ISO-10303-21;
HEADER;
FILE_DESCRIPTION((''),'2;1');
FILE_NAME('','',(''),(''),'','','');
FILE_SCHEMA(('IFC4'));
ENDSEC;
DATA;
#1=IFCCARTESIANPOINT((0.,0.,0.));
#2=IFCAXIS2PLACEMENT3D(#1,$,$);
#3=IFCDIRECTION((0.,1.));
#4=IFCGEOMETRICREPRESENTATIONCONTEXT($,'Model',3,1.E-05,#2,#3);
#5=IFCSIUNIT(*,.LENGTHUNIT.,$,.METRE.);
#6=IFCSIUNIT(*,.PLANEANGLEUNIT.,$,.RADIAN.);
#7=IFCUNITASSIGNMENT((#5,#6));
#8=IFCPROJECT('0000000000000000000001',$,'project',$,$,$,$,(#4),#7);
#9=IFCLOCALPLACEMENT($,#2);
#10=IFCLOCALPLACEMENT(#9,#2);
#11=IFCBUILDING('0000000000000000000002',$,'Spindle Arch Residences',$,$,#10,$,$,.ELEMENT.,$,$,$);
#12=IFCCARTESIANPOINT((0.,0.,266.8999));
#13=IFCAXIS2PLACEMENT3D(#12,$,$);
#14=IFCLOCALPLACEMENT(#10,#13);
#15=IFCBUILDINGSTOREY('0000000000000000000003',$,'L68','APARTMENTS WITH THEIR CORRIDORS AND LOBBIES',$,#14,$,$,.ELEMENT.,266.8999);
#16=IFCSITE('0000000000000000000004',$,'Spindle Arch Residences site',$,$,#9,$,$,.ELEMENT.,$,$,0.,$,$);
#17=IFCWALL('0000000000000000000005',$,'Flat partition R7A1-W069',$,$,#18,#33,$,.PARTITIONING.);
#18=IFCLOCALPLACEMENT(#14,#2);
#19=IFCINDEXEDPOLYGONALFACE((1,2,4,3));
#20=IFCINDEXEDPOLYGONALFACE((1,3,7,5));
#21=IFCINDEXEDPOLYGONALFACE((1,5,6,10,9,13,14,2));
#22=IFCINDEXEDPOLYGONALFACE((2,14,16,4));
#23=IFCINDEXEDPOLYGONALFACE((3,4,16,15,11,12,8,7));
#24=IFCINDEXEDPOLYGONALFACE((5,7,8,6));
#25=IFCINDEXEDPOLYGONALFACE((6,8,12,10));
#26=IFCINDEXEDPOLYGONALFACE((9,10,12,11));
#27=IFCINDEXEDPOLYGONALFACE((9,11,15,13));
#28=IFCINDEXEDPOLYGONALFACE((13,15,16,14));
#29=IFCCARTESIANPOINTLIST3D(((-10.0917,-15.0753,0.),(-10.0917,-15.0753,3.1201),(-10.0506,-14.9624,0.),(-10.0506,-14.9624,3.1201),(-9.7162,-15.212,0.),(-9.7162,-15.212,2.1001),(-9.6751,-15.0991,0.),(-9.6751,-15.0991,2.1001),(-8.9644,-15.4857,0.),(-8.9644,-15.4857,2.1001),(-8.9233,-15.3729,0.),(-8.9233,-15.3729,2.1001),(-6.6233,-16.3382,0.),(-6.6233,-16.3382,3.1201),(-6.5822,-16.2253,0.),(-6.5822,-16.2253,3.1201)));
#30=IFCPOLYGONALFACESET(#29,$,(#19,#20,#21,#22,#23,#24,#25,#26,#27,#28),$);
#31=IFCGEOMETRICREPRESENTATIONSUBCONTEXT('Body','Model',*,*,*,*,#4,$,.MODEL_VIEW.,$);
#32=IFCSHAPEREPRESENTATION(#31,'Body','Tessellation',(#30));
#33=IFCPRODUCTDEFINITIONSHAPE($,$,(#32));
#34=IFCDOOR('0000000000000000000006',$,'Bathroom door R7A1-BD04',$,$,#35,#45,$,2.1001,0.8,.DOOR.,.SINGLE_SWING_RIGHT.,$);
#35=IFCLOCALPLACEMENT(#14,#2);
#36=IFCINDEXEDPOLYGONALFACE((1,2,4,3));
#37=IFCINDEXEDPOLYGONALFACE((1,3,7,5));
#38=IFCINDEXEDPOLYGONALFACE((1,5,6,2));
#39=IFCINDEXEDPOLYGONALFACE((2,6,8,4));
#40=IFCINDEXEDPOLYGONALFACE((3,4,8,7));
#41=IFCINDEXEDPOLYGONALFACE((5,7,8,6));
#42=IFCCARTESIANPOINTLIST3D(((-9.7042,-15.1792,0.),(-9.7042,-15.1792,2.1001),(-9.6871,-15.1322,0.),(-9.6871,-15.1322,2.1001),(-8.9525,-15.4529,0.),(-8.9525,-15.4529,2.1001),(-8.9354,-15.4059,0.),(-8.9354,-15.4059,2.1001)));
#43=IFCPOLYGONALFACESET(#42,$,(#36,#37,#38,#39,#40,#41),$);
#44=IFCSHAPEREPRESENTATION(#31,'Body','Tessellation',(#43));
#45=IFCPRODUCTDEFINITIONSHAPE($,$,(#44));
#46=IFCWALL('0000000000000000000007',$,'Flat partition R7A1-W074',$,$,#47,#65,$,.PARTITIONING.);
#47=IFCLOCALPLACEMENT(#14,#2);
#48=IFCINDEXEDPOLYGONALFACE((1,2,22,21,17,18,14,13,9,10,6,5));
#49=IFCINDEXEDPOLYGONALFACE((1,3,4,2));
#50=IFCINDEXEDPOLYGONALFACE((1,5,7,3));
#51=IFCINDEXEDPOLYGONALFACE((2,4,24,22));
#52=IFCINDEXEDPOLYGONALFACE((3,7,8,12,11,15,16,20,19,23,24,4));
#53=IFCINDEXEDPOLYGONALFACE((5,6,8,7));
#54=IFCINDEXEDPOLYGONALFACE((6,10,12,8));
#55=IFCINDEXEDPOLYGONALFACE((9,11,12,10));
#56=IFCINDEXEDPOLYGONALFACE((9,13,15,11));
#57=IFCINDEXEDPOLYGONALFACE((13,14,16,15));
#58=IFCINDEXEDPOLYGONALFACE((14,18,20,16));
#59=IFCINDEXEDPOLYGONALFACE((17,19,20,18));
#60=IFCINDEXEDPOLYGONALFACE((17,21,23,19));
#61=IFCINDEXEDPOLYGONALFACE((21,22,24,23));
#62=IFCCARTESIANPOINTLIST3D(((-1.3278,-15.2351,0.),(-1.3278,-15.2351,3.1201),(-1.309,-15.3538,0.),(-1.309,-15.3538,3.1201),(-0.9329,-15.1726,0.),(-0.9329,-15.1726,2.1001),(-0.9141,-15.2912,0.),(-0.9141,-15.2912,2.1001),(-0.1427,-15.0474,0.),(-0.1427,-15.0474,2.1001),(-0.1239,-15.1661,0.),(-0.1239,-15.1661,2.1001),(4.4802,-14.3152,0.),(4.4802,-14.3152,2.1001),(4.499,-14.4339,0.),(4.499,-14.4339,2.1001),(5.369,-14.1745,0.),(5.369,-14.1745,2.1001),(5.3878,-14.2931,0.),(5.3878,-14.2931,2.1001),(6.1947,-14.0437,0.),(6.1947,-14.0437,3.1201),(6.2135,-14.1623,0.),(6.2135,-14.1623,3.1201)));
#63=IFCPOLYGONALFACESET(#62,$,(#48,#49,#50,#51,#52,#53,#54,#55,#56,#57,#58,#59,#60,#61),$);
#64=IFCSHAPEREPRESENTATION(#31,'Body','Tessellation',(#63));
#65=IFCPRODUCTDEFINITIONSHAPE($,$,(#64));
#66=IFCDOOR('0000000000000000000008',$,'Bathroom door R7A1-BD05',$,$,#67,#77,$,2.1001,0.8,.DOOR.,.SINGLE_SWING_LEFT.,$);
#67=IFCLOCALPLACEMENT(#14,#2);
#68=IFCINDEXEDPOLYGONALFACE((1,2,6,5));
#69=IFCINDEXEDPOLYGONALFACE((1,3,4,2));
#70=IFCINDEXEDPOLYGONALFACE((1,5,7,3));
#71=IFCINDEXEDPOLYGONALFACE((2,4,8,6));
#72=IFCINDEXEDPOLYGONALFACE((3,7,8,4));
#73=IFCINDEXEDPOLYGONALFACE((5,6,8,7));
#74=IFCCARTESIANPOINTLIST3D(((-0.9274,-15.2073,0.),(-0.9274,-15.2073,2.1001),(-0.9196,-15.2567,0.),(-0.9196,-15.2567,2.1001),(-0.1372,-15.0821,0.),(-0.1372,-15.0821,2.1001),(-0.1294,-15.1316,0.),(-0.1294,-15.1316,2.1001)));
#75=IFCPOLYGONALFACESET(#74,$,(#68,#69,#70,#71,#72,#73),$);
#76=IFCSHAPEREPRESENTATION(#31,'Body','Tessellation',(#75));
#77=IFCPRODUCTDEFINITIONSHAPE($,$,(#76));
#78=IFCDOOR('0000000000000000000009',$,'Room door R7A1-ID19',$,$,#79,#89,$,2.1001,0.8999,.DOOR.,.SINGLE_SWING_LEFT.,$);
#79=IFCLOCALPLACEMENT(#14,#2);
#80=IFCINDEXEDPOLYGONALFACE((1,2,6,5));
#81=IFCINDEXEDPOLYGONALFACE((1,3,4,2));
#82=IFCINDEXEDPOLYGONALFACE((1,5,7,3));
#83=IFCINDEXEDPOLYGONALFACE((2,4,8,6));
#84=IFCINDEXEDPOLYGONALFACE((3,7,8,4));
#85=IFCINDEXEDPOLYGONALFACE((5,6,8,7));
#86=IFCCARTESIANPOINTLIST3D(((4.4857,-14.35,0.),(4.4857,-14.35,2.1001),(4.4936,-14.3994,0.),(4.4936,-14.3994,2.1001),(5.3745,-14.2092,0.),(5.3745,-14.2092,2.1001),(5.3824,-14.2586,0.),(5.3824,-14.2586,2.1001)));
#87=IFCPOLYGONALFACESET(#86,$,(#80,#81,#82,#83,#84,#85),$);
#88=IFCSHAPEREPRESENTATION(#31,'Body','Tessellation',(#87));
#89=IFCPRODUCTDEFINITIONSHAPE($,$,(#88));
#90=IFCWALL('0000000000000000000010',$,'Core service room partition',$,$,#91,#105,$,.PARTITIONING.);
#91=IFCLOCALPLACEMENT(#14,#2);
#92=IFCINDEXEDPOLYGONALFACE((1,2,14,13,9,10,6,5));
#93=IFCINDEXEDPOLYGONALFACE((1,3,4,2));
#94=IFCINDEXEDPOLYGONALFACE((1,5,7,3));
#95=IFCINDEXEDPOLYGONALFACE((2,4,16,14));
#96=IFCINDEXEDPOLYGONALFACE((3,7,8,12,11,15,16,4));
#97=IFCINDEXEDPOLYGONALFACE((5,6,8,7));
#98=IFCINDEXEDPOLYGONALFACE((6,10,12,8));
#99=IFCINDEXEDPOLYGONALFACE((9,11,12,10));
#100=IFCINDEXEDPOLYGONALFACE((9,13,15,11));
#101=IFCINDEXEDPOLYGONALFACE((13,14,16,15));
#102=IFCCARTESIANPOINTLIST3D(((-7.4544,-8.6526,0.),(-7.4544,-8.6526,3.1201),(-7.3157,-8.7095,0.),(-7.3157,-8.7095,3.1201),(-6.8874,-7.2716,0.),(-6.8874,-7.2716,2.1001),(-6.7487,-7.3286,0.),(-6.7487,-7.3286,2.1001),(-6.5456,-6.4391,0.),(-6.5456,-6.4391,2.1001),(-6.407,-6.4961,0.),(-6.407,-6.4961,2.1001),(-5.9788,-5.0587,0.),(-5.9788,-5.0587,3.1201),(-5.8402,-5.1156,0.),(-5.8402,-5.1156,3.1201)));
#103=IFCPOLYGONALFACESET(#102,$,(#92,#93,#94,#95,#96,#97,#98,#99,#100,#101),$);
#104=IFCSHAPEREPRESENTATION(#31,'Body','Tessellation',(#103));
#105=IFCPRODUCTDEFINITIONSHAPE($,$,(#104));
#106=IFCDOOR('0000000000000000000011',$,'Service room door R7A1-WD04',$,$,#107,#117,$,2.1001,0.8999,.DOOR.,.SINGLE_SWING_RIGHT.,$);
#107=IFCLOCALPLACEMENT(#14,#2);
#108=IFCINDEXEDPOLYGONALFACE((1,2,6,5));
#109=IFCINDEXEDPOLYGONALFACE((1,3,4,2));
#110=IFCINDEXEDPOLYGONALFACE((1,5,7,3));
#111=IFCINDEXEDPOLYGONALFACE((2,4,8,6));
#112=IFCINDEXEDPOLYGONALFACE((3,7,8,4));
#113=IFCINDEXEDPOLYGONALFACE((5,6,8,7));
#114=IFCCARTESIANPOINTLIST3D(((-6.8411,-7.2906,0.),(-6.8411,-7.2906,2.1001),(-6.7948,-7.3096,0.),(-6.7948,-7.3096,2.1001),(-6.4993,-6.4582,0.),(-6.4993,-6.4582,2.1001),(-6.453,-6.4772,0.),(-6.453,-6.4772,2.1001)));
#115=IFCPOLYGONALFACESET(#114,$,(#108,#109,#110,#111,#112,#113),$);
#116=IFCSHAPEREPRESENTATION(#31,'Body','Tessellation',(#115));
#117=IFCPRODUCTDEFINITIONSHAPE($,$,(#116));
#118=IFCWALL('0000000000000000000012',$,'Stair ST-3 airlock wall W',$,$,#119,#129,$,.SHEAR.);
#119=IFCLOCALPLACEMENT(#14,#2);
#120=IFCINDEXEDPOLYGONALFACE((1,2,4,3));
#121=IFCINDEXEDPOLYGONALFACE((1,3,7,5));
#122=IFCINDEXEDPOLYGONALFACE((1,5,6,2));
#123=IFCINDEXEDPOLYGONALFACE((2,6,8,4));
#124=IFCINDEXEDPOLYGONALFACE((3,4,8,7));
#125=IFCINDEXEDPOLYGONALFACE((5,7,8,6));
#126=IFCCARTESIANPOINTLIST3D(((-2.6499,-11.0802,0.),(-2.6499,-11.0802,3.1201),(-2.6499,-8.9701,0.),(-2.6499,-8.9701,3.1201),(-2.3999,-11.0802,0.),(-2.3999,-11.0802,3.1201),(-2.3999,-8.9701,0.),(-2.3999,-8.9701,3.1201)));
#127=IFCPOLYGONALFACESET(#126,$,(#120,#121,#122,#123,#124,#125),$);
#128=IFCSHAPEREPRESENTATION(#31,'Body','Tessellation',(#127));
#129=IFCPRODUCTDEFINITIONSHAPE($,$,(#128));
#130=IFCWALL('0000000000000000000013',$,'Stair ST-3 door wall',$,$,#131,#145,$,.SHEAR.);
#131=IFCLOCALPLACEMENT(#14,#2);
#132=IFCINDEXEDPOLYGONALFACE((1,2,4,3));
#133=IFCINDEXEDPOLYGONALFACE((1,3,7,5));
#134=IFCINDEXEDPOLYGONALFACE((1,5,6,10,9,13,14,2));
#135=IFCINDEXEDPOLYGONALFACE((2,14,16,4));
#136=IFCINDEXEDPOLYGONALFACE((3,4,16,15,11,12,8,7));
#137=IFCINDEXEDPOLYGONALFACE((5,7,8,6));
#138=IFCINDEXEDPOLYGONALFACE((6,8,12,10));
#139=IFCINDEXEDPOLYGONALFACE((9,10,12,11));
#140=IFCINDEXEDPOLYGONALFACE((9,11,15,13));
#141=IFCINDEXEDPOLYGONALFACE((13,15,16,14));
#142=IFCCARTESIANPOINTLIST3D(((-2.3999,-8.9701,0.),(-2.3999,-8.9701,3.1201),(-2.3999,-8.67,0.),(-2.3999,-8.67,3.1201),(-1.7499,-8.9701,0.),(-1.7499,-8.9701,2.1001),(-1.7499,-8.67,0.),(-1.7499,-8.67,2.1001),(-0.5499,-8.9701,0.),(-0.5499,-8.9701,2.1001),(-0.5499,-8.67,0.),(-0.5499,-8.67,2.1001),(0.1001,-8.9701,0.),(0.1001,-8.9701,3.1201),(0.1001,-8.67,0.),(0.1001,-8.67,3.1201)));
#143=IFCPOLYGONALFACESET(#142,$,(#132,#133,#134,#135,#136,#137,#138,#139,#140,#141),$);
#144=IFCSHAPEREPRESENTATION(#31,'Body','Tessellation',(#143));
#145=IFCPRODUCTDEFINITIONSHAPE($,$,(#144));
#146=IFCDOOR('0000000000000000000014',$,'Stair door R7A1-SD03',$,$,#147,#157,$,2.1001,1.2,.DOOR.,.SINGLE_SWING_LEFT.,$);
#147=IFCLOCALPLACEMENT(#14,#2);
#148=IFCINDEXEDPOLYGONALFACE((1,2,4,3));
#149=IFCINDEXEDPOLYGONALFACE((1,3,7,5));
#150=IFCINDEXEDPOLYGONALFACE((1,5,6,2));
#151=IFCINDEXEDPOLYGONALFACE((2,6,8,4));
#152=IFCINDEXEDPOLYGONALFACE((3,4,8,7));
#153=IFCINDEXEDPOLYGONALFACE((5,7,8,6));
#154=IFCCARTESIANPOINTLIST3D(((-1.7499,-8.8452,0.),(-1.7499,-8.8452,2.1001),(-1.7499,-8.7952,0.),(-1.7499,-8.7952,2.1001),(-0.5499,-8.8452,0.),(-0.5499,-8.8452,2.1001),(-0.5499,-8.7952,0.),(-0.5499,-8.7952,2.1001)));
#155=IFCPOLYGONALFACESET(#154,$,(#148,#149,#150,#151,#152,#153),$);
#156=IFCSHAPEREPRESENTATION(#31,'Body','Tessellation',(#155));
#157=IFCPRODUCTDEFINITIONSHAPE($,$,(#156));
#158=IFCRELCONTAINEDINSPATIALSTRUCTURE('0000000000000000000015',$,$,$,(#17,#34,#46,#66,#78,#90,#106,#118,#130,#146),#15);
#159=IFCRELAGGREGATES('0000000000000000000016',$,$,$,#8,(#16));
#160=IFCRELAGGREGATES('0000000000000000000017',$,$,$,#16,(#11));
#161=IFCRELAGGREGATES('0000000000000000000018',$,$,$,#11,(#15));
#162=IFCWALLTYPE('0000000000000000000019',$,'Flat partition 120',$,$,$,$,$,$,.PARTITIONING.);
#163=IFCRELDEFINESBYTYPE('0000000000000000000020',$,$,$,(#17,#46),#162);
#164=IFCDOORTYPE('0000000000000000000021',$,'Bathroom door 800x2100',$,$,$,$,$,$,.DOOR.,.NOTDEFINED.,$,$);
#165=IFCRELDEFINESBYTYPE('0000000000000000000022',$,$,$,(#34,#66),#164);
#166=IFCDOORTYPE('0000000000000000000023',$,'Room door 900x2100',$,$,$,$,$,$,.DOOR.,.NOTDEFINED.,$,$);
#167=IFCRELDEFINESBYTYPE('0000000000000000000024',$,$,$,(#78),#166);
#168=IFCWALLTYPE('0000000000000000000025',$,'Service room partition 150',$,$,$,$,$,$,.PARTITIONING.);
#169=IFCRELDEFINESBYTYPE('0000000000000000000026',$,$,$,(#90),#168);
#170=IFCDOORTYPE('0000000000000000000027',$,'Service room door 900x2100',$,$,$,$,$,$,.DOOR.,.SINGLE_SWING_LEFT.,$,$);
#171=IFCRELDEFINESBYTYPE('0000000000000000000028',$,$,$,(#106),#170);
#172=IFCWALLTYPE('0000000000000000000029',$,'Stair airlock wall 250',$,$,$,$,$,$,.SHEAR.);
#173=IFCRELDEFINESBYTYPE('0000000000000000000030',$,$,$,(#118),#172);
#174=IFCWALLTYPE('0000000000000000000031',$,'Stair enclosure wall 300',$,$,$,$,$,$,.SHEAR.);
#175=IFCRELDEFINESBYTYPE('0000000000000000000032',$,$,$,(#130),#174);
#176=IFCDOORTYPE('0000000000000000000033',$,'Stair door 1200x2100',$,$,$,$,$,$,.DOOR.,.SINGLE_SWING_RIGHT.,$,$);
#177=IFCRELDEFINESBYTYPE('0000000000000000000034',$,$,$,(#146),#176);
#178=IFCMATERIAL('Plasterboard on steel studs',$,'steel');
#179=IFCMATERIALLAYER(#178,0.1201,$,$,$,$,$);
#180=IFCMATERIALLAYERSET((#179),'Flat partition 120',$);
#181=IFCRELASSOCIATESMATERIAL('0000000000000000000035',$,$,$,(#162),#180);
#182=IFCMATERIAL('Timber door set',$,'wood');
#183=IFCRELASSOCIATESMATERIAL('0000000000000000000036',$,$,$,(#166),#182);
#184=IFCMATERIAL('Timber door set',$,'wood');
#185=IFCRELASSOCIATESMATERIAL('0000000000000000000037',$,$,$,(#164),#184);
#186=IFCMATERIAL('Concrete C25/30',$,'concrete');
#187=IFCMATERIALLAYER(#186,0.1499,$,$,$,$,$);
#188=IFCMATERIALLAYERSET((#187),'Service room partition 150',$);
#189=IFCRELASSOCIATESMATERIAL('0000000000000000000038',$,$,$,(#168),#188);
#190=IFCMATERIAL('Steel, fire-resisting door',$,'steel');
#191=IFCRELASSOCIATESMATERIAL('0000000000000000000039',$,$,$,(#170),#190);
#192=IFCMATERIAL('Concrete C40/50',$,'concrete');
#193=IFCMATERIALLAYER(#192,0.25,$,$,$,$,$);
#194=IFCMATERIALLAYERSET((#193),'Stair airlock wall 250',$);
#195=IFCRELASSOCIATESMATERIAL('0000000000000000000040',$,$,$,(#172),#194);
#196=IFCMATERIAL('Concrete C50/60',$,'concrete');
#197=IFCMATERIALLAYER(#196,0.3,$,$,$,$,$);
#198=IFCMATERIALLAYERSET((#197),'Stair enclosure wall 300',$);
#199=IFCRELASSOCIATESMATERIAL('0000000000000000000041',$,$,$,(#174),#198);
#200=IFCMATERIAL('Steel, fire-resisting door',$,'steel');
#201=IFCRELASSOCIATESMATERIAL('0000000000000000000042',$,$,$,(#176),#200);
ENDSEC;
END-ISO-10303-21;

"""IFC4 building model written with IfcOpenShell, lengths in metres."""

from ifc_helpers import new_model, si_unit, direction, frame, frame_2d, origin, place, context, subcontext, project, spatial, rectangle, extrude, material, layer, layer_set, type_object, element, fill, save


model = new_model("IFC4")

# Units and contexts
model_context = context("Model", 3, precision=1e-05, world=origin(), true_north=direction((0.0, 1.0)))
body_context = subcontext(model_context, "Body", "Model", "MODEL_VIEW")
ifc_project = project(units=[si_unit("LENGTHUNIT", "METRE"), si_unit("PLANEANGLEUNIT", "RADIAN")], contexts=[model_context])

# Site, building, storey
site_placement = place(None, origin())
site = spatial("IfcSite", under=ifc_project, at=site_placement, Name="Spindle Arch Residences site", CompositionType="ELEMENT", RefElevation=0.0)
building_placement = place(site_placement, origin())
building = spatial("IfcBuilding", under=site, at=building_placement, Name="Spindle Arch Residences", CompositionType="ELEMENT")
storey_placement = place(building_placement, frame((0.0, 0.0, 266.8999)))
storey = spatial("IfcBuildingStorey", under=building, at=storey_placement, Name="L68", Description="APARTMENTS WITH THEIR CORRIDORS AND LOBBIES", CompositionType="ELEMENT", Elevation=266.8999)

# Wall, opening, door
ifc_material_1 = material(Name="Plasterboard on steel studs", Category="steel")
ifc_layer_1 = layer(ifc_material_1, 0.1201)
ifc_layer_set_1 = layer_set([ifc_layer_1], Name="Flat partition 120")
wall_type_1 = type_object("IfcWallType", Name="Flat partition 120", PredefinedType="PARTITIONING", material=ifc_layer_set_1)
ifc_material_2 = material(Name="Timber door set", Category="wood")
door_type_1 = type_object("IfcDoorType", Name="Room door 900x2100", OperationType="NOTDEFINED", PredefinedType="DOOR", material=ifc_material_2)
wall_1_placement = place(storey_placement, frame((-10.0713, -15.0188, 0.0), z_axis=(0.0, 0.0, 1.0), x_axis=(0.939649, -0.342141, 0.0)))
wall_1 = element("IfcWall", 1, at=wall_1_placement, inside=storey, type_object=wall_type_1, Name="Flat partition R7A1-W069", PredefinedType="PARTITIONING", context=body_context, shape_type="SweptSolid", body=[
    extrude(rectangle(XDim=3.6912, YDim=0.1201, at=frame_2d((1.8457, 0.0))), origin(), (0.0, 0.0, 1.0), 3.1201),
])
opening_1_placement = place(wall_1_placement, frame((0.3999, 0.0, 0.0)))
opening_1 = element("IfcOpeningElement", 2, at=opening_1_placement, cuts=wall_1, PredefinedType="OPENING", context=body_context, shape_type="SweptSolid", body=[
    extrude(rectangle(XDim=0.8, YDim=2.1001, at=frame_2d((0.3999, 1.05))), frame((0.0, 0.0701, 0.0), z_axis=(0.0, -1.0, 0.0), x_axis=(1.0, 0.0, 0.0)), (0.0, 0.0, 1.0), 0.1401),
])
ifc_material_3 = material(Name="Timber door set", Category="wood")
door_type_2 = type_object("IfcDoorType", Name="Bathroom door 800x2100", OperationType="NOTDEFINED", PredefinedType="DOOR", material=ifc_material_3)
door_1_placement = place(opening_1_placement, origin())
door_1 = element("IfcDoor", 3, at=door_1_placement, inside=storey, type_object=door_type_2, Name="Bathroom door R7A1-BD04", OperationType="SINGLE_SWING_RIGHT", OverallHeight=2.1001, OverallWidth=0.8, PredefinedType="DOOR", context=body_context, shape_type="SweptSolid", body=[
    extrude(rectangle(XDim=0.8, YDim=2.1001, at=frame_2d((0.3999, 1.05))), frame((0.0, 0.0249, 0.0), z_axis=(0.0, -1.0, 0.0), x_axis=(1.0, 0.0, 0.0)), (0.0, 0.0, 1.0), 0.05),
])
fill(opening_1, door_1)

# Wall, openings, doors
wall_2_placement = place(storey_placement, frame((-1.3184, -15.2944, 0.0), z_axis=(0.0, 0.0, 1.0), x_axis=(0.987689, 0.15643, 0.0)))
wall_2 = element("IfcWall", 4, at=wall_2_placement, inside=storey, type_object=wall_type_1, Name="Flat partition R7A1-W074", PredefinedType="PARTITIONING", context=body_context, shape_type="SweptSolid", body=[
    extrude(rectangle(XDim=7.6162, YDim=0.1201, at=frame_2d((3.8081, 0.0))), origin(), (0.0, 0.0, 1.0), 3.1201),
])
opening_2_placement = place(wall_2_placement, frame((0.3999, 0.0, 0.0)))
opening_2 = element("IfcOpeningElement", 5, at=opening_2_placement, cuts=wall_2, PredefinedType="OPENING", context=body_context, shape_type="SweptSolid", body=[
    extrude(rectangle(XDim=0.8, YDim=2.1001, at=frame_2d((0.3999, 1.05))), frame((0.0, 0.0701, 0.0), z_axis=(0.0, -1.0, 0.0), x_axis=(1.0, 0.0, 0.0)), (0.0, 0.0, 1.0), 0.1401),
])
opening_3_placement = place(wall_2_placement, frame((5.8804, 0.0, 0.0)))
opening_3 = element("IfcOpeningElement", 6, at=opening_3_placement, cuts=wall_2, PredefinedType="OPENING", context=body_context, shape_type="SweptSolid", body=[
    extrude(rectangle(XDim=0.8999, YDim=2.1001, at=frame_2d((0.45, 1.05))), frame((0.0, 0.0701, 0.0), z_axis=(0.0, -1.0, 0.0), x_axis=(1.0, 0.0, 0.0)), (0.0, 0.0, 1.0), 0.1401),
])
door_2_placement = place(opening_2_placement, origin())
door_2 = element("IfcDoor", 7, at=door_2_placement, inside=storey, type_object=door_type_2, Name="Bathroom door R7A1-BD05", OperationType="SINGLE_SWING_LEFT", OverallHeight=2.1001, OverallWidth=0.8, PredefinedType="DOOR", context=body_context, shape_type="SweptSolid", body=[
    extrude(rectangle(XDim=0.8, YDim=2.1001, at=frame_2d((0.3999, 1.05))), frame((0.0, 0.0249, 0.0), z_axis=(0.0, -1.0, 0.0), x_axis=(1.0, 0.0, 0.0)), (0.0, 0.0, 1.0), 0.05),
])
fill(opening_2, door_2)
door_3_placement = place(opening_3_placement, origin())
door_3 = element("IfcDoor", 8, at=door_3_placement, inside=storey, type_object=door_type_1, Name="Room door R7A1-ID19", OperationType="SINGLE_SWING_LEFT", OverallHeight=2.1001, OverallWidth=0.8999, PredefinedType="DOOR", context=body_context, shape_type="SweptSolid", body=[
    extrude(rectangle(XDim=0.8999, YDim=2.1001, at=frame_2d((0.45, 1.05))), frame((0.0, 0.0249, 0.0), z_axis=(0.0, -1.0, 0.0), x_axis=(1.0, 0.0, 0.0)), (0.0, 0.0, 1.0), 0.05),
])
fill(opening_3, door_3)

# Wall, opening, door
ifc_material_4 = material(Name="Concrete C25/30", Category="concrete")
ifc_layer_2 = layer(ifc_material_4, 0.1499)
ifc_layer_set_2 = layer_set([ifc_layer_2], Name="Service room partition 150")
wall_type_2 = type_object("IfcWallType", Name="Service room partition 150", PredefinedType="PARTITIONING", material=ifc_layer_set_2)
wall_3_placement = place(storey_placement, frame((-7.385, -8.6809, 0.0), z_axis=(0.0, 0.0, 1.0), x_axis=(0.379805, 0.925067, 0.0)))
wall_3 = element("IfcWall", 9, at=wall_3_placement, inside=storey, type_object=wall_type_2, Name="Core service room partition", PredefinedType="PARTITIONING", context=body_context, shape_type="SweptSolid", body=[
    extrude(rectangle(XDim=3.885, YDim=0.1499, at=frame_2d((1.9424, 0.0))), origin(), (0.0, 0.0, 1.0), 3.1201),
])
opening_4_placement = place(wall_3_placement, frame((1.4927, 0.0, 0.0)))
opening_4 = element("IfcOpeningElement", 10, at=opening_4_placement, cuts=wall_3, PredefinedType="OPENING", context=body_context, shape_type="SweptSolid", body=[
    extrude(rectangle(XDim=0.8999, YDim=2.1001, at=frame_2d((0.45, 1.05))), frame((0.0, 0.085, 0.0), z_axis=(0.0, -1.0, 0.0), x_axis=(1.0, 0.0, 0.0)), (0.0, 0.0, 1.0), 0.1699),
])
ifc_material_5 = material(Name="Steel, fire-resisting door", Category="steel")
door_type_3 = type_object("IfcDoorType", Name="Service room door 900x2100", OperationType="SINGLE_SWING_LEFT", PredefinedType="DOOR", material=ifc_material_5)
door_4_placement = place(opening_4_placement, origin())
door_4 = element("IfcDoor", 11, at=door_4_placement, inside=storey, type_object=door_type_3, Name="Service room door R7A1-WD04", OperationType="SINGLE_SWING_RIGHT", OverallHeight=2.1001, OverallWidth=0.8999, PredefinedType="DOOR", context=body_context, shape_type="SweptSolid", body=[
    extrude(rectangle(XDim=0.8999, YDim=2.1001, at=frame_2d((0.45, 1.05))), frame((0.0, 0.0249, 0.0), z_axis=(0.0, -1.0, 0.0), x_axis=(1.0, 0.0, 0.0)), (0.0, 0.0, 1.0), 0.05),
])
fill(opening_4, door_4)

# Wall
ifc_material_6 = material(Name="Concrete C40/50", Category="concrete")
ifc_layer_3 = layer(ifc_material_6, 0.25)
ifc_layer_set_3 = layer_set([ifc_layer_3], Name="Stair airlock wall 250")
wall_type_3 = type_object("IfcWallType", Name="Stair airlock wall 250", PredefinedType="SHEAR", material=ifc_layer_set_3)
wall_4_placement = place(storey_placement, frame((-2.5249, -8.97, 0.0), z_axis=(0.0, 0.0, 1.0), x_axis=(0.0, -1.0, 0.0)))
element("IfcWall", 12, at=wall_4_placement, inside=storey, type_object=wall_type_3, Name="Stair ST-3 airlock wall W", PredefinedType="SHEAR", context=body_context, shape_type="SweptSolid", body=[
    extrude(rectangle(XDim=2.1101, YDim=0.25, at=frame_2d((1.0552, 0.0))), origin(), (0.0, 0.0, 1.0), 3.1201),
])

# Wall, opening, door
ifc_material_7 = material(Name="Concrete C50/60", Category="concrete")
ifc_layer_4 = layer(ifc_material_7, 0.3)
ifc_layer_set_4 = layer_set([ifc_layer_4], Name="Stair enclosure wall 300")
wall_type_4 = type_object("IfcWallType", Name="Stair enclosure wall 300", PredefinedType="SHEAR", material=ifc_layer_set_4)
wall_5_placement = place(storey_placement, frame((-2.3999, -8.8201, 0.0), z_axis=(0.0, 0.0, 1.0), x_axis=(1.0, 0.0, 0.0)))
wall_5 = element("IfcWall", 13, at=wall_5_placement, inside=storey, type_object=wall_type_4, Name="Stair ST-3 door wall", PredefinedType="SHEAR", context=body_context, shape_type="SweptSolid", body=[
    extrude(rectangle(XDim=2.5, YDim=0.3, at=frame_2d((1.25, 0.0))), origin(), (0.0, 0.0, 1.0), 3.1201),
])
opening_5_placement = place(wall_5_placement, frame((0.6499, 0.0, 0.0)))
opening_5 = element("IfcOpeningElement", 14, at=opening_5_placement, cuts=wall_5, PredefinedType="OPENING", context=body_context, shape_type="SweptSolid", body=[
    extrude(rectangle(XDim=1.2, YDim=2.1001, at=frame_2d((0.6001, 1.05))), frame((0.0, 0.1602, 0.0), z_axis=(0.0, -1.0, 0.0), x_axis=(1.0, 0.0, 0.0)), (0.0, 0.0, 1.0), 0.3201),
])
ifc_material_8 = material(Name="Steel, fire-resisting door", Category="steel")
door_type_4 = type_object("IfcDoorType", Name="Stair door 1200x2100", OperationType="SINGLE_SWING_RIGHT", PredefinedType="DOOR", material=ifc_material_8)
door_5_placement = place(opening_5_placement, origin())
door_5 = element("IfcDoor", 15, at=door_5_placement, inside=storey, type_object=door_type_4, Name="Stair door R7A1-SD03", OperationType="SINGLE_SWING_LEFT", OverallHeight=2.1001, OverallWidth=1.2, PredefinedType="DOOR", context=body_context, shape_type="SweptSolid", body=[
    extrude(rectangle(XDim=1.2, YDim=2.1001, at=frame_2d((0.6001, 1.05))), frame((0.0, 0.0249, 0.0), z_axis=(0.0, -1.0, 0.0), x_axis=(1.0, 0.0, 0.0)), (0.0, 0.0, 1.0), 0.05),
])
fill(opening_5, door_5)

save(model, "model.ifc")
